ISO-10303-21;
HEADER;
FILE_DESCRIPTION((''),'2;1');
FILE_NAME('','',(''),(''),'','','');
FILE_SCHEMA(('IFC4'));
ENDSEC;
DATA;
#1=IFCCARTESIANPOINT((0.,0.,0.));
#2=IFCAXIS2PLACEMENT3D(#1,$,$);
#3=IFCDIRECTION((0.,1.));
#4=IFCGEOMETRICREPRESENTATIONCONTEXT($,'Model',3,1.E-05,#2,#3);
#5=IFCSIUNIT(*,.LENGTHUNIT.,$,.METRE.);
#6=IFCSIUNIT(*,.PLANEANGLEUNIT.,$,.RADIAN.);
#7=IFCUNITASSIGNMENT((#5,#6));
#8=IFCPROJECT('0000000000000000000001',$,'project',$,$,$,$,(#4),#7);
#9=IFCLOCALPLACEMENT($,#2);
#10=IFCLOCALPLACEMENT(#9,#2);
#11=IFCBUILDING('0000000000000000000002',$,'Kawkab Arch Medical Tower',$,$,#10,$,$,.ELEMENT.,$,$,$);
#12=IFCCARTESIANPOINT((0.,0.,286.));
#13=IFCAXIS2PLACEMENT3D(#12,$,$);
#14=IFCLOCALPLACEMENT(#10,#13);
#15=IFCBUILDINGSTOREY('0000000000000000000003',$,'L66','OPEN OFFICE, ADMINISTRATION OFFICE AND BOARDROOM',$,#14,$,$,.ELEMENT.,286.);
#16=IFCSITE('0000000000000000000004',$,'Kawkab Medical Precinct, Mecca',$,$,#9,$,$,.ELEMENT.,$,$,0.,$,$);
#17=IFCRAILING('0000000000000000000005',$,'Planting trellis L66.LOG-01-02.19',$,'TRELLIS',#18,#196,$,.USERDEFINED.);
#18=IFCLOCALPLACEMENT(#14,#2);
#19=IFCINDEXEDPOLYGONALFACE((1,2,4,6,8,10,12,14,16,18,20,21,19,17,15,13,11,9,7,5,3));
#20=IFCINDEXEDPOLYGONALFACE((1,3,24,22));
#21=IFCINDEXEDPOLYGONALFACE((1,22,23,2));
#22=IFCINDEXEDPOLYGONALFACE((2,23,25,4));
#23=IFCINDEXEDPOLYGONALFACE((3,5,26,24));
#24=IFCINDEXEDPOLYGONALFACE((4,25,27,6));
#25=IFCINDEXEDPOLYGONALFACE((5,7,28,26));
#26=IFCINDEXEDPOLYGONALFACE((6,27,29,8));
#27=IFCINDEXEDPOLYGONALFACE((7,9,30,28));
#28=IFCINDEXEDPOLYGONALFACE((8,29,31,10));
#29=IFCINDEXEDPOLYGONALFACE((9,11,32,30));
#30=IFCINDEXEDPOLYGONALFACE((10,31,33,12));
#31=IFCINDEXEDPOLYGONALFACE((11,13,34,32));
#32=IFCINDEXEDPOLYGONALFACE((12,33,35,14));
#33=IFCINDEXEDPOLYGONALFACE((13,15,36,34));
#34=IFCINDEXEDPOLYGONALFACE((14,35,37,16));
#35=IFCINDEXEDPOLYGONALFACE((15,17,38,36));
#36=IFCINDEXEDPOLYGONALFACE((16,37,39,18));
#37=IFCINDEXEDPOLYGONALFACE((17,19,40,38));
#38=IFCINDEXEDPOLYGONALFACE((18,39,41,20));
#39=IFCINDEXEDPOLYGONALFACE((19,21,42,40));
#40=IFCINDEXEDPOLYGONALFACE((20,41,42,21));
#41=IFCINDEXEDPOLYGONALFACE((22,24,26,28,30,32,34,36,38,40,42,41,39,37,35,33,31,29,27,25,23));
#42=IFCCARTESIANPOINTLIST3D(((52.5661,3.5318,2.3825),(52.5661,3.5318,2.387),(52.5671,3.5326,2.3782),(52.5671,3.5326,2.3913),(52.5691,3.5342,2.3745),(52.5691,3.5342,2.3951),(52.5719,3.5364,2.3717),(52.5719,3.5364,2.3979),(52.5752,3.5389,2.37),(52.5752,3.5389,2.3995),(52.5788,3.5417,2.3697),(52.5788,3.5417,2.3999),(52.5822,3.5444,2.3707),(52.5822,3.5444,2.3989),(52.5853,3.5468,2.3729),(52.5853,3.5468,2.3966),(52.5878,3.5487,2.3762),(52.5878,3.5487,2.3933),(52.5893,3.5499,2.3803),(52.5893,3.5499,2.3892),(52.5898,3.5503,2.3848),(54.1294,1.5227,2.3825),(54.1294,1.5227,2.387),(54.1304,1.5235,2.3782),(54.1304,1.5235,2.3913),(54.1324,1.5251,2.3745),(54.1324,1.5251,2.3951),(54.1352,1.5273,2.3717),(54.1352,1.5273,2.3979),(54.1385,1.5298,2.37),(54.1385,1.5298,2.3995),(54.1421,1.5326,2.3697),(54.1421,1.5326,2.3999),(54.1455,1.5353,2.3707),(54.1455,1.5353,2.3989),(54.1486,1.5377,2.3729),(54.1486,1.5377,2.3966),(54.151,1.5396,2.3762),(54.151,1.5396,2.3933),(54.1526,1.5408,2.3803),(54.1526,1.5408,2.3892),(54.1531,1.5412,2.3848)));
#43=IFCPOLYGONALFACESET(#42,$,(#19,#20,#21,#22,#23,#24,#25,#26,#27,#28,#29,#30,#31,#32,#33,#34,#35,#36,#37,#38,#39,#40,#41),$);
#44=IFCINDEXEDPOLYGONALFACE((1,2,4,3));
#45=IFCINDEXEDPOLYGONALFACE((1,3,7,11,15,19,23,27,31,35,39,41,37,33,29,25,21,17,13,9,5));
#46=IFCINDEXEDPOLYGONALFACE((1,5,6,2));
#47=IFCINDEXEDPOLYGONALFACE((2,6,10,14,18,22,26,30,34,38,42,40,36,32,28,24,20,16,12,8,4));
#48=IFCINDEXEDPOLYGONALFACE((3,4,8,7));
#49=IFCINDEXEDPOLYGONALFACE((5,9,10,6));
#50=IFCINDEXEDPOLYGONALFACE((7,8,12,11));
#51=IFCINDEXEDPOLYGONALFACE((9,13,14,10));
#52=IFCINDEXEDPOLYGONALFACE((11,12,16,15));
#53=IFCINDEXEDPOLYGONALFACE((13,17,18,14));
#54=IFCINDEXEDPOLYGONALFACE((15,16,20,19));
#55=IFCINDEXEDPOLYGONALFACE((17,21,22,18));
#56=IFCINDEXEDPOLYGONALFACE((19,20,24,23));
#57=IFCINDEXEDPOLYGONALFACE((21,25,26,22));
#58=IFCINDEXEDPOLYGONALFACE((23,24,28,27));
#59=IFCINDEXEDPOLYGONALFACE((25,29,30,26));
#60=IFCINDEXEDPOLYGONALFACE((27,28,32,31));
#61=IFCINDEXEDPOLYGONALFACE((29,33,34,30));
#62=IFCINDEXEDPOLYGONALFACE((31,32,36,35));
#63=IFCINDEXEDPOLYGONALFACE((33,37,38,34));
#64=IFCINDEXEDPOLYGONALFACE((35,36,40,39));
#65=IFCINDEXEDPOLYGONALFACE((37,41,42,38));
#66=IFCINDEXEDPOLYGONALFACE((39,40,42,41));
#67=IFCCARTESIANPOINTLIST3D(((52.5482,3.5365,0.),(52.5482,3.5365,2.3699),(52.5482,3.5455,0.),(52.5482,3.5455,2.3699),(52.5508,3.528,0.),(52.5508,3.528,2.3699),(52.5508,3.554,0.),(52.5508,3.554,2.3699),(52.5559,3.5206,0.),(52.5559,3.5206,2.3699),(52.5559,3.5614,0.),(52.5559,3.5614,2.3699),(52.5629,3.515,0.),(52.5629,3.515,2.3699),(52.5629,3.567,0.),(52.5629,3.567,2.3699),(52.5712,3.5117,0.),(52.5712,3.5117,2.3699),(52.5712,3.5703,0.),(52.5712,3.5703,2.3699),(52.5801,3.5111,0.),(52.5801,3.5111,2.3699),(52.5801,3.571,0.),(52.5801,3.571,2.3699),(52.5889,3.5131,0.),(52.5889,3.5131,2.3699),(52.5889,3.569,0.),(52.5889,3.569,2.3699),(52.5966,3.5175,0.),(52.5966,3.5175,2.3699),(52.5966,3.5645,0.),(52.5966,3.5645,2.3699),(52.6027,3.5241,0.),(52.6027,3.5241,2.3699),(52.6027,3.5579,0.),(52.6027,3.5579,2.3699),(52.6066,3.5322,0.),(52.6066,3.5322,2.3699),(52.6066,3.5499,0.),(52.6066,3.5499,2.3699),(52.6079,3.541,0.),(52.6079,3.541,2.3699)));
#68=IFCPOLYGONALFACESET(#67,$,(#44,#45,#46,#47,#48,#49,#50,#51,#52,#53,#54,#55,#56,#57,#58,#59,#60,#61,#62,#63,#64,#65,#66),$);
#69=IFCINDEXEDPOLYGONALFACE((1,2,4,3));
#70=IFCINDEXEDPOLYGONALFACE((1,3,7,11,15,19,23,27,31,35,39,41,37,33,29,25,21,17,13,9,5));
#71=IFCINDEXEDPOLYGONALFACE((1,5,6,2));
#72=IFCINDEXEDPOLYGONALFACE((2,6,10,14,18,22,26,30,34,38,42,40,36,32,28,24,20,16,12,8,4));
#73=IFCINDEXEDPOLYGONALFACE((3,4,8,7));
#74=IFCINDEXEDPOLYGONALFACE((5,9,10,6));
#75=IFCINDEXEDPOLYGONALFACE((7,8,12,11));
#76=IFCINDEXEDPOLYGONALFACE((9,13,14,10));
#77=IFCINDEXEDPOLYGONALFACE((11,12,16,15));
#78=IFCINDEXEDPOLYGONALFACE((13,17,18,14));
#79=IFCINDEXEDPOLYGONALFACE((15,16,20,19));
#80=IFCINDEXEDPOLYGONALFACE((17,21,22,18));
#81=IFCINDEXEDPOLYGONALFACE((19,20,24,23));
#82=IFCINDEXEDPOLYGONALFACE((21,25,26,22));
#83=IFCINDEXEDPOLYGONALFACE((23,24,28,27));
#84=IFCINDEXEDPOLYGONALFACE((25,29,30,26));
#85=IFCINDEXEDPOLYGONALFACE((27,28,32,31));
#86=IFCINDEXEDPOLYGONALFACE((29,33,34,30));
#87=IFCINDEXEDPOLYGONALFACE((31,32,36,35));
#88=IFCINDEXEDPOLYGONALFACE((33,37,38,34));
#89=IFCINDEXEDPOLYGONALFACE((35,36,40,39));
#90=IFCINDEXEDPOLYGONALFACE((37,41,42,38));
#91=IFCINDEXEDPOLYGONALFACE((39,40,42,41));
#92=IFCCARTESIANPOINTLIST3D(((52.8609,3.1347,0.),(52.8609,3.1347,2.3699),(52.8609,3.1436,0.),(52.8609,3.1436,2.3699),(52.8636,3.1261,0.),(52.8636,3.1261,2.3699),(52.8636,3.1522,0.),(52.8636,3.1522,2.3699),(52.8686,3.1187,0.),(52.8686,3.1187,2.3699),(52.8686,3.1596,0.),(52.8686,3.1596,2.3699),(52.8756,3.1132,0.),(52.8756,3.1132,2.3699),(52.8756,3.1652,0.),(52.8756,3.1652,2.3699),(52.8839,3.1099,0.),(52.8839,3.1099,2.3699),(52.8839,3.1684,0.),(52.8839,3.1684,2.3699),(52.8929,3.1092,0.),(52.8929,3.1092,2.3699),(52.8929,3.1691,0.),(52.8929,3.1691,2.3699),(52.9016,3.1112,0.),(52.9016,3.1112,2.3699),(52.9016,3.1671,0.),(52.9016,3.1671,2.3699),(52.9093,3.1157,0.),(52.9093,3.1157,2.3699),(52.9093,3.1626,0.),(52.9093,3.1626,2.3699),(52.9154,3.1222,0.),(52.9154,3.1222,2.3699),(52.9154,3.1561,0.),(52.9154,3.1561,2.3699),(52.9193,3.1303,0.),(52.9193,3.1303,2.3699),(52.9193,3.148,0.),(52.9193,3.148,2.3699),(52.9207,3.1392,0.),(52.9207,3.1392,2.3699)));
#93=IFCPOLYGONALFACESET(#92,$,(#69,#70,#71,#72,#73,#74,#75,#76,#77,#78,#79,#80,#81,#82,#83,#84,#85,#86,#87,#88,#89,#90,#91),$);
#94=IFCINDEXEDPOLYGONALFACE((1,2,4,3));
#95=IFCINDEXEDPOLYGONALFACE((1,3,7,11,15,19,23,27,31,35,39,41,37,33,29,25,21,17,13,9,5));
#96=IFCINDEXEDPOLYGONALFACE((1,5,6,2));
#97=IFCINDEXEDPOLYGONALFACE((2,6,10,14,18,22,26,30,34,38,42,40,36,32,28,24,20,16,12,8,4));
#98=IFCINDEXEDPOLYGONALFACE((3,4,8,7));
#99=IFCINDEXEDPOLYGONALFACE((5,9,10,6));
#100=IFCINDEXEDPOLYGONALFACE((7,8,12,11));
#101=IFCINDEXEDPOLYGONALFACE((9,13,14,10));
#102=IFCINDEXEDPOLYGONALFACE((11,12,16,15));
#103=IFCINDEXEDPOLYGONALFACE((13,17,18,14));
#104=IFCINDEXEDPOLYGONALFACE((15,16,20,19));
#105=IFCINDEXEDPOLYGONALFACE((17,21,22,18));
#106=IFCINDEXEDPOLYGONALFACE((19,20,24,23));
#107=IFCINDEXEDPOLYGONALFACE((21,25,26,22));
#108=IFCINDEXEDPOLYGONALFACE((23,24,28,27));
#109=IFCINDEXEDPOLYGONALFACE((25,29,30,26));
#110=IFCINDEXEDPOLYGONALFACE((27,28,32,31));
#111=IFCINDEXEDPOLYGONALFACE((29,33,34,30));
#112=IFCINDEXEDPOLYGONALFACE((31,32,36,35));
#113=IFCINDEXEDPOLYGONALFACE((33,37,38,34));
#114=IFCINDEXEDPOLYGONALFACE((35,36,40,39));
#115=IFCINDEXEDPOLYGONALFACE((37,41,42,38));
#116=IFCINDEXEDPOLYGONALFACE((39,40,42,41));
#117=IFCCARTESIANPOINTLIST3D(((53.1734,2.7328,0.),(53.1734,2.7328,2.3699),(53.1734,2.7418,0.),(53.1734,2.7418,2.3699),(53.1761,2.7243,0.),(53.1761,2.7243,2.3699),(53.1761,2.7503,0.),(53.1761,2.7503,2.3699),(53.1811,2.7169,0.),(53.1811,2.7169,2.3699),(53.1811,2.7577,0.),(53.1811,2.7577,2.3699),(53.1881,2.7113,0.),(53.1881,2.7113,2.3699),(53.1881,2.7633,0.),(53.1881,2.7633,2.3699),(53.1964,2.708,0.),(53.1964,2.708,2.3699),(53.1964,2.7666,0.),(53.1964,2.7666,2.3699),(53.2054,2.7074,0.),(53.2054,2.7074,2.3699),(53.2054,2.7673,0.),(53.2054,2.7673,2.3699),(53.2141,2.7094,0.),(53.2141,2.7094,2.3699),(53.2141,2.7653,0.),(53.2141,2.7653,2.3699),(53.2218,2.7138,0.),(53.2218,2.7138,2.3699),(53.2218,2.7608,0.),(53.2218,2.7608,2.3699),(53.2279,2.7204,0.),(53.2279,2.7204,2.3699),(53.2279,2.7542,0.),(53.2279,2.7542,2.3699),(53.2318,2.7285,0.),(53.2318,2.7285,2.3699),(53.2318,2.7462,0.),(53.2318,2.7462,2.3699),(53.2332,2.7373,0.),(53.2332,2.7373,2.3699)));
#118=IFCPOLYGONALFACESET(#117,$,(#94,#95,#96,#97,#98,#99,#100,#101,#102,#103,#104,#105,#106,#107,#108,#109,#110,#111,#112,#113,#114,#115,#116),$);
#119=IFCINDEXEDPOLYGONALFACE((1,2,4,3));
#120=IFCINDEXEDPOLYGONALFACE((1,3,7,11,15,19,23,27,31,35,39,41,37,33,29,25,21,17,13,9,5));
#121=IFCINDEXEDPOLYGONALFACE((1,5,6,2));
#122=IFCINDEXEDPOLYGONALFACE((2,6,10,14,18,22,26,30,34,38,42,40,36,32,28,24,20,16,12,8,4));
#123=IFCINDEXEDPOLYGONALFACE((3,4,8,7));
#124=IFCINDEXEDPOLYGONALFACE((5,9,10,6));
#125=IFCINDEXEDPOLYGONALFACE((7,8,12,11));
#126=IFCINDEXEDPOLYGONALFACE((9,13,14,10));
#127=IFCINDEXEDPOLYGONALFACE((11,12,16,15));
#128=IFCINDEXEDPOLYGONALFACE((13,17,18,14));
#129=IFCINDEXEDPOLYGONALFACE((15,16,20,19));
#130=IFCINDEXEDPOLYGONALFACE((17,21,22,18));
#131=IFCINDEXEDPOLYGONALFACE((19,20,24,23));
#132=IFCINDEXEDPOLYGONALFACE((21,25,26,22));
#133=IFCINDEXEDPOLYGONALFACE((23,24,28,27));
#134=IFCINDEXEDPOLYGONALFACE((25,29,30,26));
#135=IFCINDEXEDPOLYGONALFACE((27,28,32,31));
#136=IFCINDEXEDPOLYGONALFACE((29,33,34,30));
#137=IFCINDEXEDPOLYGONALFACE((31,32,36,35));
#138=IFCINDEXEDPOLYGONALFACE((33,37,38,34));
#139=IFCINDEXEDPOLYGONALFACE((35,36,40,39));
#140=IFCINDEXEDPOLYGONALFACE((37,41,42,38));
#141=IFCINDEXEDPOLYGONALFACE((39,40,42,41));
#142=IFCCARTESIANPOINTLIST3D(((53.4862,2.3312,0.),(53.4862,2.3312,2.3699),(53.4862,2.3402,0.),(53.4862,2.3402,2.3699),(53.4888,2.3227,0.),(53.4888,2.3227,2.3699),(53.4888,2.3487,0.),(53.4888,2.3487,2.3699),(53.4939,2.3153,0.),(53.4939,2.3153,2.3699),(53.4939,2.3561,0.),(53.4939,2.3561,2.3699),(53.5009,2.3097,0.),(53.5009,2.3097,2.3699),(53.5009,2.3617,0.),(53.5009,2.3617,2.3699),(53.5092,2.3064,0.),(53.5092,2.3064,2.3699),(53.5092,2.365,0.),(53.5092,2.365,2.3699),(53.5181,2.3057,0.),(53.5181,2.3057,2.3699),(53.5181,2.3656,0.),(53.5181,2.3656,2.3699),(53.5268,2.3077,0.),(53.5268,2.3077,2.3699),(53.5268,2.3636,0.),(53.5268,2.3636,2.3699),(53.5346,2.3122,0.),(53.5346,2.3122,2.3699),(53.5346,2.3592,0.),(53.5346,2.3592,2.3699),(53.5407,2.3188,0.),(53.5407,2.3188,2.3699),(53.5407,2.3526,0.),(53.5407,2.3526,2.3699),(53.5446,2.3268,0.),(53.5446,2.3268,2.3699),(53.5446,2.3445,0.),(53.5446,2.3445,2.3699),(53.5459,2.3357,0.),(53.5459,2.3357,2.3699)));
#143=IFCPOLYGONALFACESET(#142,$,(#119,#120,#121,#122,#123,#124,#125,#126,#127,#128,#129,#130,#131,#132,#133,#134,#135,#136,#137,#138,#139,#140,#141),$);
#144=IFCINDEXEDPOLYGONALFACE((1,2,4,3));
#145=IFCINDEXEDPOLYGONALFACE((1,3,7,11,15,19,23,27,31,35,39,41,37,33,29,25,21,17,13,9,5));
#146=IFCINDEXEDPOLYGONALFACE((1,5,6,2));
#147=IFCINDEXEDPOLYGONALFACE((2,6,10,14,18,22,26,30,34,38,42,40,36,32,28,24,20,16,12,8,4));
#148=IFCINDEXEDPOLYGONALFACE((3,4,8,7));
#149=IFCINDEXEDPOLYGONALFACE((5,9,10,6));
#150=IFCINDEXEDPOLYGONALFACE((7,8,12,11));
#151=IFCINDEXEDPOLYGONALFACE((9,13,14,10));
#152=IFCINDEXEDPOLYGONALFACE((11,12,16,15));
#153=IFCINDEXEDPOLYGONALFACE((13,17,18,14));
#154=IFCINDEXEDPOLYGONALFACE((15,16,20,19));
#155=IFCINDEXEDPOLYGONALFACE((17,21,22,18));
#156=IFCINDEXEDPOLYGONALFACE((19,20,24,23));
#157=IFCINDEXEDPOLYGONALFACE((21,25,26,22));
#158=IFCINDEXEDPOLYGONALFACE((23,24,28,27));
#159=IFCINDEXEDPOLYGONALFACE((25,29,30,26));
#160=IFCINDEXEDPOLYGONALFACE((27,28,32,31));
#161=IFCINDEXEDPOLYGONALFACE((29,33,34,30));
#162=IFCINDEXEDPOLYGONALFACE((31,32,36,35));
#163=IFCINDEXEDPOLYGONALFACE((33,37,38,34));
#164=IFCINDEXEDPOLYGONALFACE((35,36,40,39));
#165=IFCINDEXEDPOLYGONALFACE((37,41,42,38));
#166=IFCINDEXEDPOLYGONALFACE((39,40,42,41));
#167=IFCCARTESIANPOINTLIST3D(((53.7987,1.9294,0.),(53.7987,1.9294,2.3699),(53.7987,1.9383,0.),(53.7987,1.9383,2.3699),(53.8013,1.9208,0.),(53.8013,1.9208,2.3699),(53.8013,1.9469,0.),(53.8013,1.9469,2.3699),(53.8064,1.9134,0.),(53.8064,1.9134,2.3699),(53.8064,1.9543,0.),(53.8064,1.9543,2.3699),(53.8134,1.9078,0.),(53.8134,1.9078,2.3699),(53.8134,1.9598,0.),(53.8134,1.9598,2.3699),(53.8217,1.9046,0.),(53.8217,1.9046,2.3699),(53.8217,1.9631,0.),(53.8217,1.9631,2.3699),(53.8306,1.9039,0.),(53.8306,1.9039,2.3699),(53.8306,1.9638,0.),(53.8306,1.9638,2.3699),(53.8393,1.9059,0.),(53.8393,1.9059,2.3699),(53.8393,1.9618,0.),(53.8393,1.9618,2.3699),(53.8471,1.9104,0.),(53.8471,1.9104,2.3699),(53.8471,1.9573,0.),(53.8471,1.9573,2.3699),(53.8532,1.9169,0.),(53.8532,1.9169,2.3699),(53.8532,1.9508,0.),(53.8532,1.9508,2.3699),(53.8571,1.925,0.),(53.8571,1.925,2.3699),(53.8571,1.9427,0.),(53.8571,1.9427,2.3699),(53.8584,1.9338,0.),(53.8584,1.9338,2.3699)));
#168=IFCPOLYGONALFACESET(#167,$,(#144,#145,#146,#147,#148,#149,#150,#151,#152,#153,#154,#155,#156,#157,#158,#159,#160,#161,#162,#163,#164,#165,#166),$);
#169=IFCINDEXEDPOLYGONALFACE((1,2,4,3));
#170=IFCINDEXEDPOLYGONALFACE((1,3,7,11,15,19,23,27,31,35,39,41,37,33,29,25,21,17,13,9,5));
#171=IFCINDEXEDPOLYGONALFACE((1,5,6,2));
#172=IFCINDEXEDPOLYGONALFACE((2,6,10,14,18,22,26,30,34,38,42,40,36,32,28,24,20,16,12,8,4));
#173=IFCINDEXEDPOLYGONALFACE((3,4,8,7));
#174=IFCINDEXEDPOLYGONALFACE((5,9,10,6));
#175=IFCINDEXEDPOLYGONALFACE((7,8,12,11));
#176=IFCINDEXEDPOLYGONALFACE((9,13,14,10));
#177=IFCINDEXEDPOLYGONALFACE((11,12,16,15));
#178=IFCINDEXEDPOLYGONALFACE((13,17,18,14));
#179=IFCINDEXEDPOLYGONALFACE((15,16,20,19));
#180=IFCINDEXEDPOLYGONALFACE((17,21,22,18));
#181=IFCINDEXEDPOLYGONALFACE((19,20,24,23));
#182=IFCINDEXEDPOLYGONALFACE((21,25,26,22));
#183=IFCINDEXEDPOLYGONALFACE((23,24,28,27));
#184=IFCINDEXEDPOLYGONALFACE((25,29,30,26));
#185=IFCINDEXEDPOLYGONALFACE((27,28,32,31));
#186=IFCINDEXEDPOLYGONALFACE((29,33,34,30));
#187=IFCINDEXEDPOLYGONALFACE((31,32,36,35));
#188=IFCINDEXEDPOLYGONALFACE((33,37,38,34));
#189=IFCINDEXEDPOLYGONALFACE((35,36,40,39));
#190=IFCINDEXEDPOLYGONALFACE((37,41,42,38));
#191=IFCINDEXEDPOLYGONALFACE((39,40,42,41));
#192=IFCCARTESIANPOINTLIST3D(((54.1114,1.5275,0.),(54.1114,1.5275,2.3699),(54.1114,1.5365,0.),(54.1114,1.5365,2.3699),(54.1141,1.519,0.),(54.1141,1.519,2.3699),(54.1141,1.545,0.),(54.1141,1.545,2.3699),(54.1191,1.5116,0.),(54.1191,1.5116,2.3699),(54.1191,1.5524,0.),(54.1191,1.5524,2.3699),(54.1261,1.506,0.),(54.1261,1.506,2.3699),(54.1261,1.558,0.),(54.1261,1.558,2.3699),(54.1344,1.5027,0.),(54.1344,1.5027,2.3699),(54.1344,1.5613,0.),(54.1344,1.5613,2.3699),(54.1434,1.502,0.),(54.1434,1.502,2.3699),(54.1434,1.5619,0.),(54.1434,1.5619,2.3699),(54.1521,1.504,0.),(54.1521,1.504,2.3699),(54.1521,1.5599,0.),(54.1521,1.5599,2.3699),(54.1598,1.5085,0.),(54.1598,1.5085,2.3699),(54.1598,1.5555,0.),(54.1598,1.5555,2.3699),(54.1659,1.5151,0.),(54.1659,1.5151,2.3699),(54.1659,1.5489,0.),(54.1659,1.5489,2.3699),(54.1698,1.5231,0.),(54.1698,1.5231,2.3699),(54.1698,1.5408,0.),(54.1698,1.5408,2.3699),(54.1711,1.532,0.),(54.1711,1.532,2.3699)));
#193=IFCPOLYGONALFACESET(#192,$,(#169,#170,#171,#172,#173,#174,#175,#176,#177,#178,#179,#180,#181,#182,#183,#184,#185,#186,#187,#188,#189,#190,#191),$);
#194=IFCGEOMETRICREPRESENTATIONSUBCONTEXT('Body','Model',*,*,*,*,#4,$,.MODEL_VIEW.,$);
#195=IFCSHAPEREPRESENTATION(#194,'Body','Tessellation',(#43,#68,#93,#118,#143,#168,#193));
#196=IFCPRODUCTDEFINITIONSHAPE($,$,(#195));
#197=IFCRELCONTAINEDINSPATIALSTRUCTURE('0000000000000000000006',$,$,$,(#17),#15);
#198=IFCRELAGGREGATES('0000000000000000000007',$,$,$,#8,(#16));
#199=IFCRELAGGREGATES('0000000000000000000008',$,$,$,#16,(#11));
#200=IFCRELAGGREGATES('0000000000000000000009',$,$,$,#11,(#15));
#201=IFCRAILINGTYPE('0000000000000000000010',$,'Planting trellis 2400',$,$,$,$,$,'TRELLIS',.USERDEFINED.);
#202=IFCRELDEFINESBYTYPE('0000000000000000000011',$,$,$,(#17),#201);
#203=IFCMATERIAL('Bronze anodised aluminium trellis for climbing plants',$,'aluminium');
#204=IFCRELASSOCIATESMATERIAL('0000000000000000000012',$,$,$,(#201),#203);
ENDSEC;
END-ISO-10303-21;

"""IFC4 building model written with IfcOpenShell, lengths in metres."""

from ifc_helpers import new_model, si_unit, direction, frame, origin, origin_2d, place, context, subcontext, project, spatial, circle, extrude, material, type_object, element, save


model = new_model("IFC4")

# Units and contexts
model_context = context("Model", 3, precision=1e-05, world=origin(), true_north=direction((0.0, 1.0)))
body_context = subcontext(model_context, "Body", "Model", "MODEL_VIEW")
ifc_project = project(units=[si_unit("LENGTHUNIT", "METRE"), si_unit("PLANEANGLEUNIT", "RADIAN")], contexts=[model_context])

# Site, building, storey
site_placement = place(None, origin())
site = spatial("IfcSite", under=ifc_project, at=site_placement, Name="Kawkab Medical Precinct, Mecca", CompositionType="ELEMENT", RefElevation=0.0)
building_placement = place(site_placement, origin())
building = spatial("IfcBuilding", under=site, at=building_placement, Name="Kawkab Arch Medical Tower", CompositionType="ELEMENT")
storey_placement = place(building_placement, frame((0.0, 0.0, 286.0)))
storey = spatial("IfcBuildingStorey", under=building, at=storey_placement, Name="L66", Description="OPEN OFFICE, ADMINISTRATION OFFICE AND BOARDROOM", CompositionType="ELEMENT", Elevation=286.0)

# Railing
ifc_material_1 = material(Name="Bronze anodised aluminium trellis for climbing plants", Category="aluminium")
railing_type_1 = type_object("IfcRailingType", Name="Planting trellis 2400", ElementType="TRELLIS", PredefinedType="USERDEFINED", material=ifc_material_1)
railing_1_placement = place(storey_placement, frame((52.5779, 3.541, 0.0)))
element("IfcRailing", 1, at=railing_1_placement, inside=storey, type_object=railing_type_1, Name="Planting trellis L66.LOG-01-02.19", ObjectType="TRELLIS", PredefinedType="USERDEFINED", context=body_context, shape_type="SweptSolid", body=[
    extrude(circle(Radius=0.0151, at=origin_2d()), frame((0.0, 0.0, 2.3848), z_axis=(0.6141, -0.789228, 0.0), x_axis=(0.789228, 0.6141, 0.0)), (0.0, 0.0, 1.0), 2.5457),
    extrude(circle(Radius=0.03, at=origin_2d()), origin(), (0.0, 0.0, 1.0), 2.3699),
    extrude(circle(Radius=0.03, at=origin_2d()), frame((0.3127, -0.4019, 0.0)), (0.0, 0.0, 1.0), 2.3699),
    extrude(circle(Radius=0.03, at=origin_2d()), frame((0.6252, -0.8037, 0.0)), (0.0, 0.0, 1.0), 2.3699),
    extrude(circle(Radius=0.03, at=origin_2d()), frame((0.938, -1.2053, 0.0)), (0.0, 0.0, 1.0), 2.3699),
    extrude(circle(Radius=0.03, at=origin_2d()), frame((1.2505, -1.6072, 0.0)), (0.0, 0.0, 1.0), 2.3699),
    extrude(circle(Radius=0.03, at=origin_2d()), frame((1.5632, -2.009, 0.0)), (0.0, 0.0, 1.0), 2.3699),
])

save(model, "model.ifc")
